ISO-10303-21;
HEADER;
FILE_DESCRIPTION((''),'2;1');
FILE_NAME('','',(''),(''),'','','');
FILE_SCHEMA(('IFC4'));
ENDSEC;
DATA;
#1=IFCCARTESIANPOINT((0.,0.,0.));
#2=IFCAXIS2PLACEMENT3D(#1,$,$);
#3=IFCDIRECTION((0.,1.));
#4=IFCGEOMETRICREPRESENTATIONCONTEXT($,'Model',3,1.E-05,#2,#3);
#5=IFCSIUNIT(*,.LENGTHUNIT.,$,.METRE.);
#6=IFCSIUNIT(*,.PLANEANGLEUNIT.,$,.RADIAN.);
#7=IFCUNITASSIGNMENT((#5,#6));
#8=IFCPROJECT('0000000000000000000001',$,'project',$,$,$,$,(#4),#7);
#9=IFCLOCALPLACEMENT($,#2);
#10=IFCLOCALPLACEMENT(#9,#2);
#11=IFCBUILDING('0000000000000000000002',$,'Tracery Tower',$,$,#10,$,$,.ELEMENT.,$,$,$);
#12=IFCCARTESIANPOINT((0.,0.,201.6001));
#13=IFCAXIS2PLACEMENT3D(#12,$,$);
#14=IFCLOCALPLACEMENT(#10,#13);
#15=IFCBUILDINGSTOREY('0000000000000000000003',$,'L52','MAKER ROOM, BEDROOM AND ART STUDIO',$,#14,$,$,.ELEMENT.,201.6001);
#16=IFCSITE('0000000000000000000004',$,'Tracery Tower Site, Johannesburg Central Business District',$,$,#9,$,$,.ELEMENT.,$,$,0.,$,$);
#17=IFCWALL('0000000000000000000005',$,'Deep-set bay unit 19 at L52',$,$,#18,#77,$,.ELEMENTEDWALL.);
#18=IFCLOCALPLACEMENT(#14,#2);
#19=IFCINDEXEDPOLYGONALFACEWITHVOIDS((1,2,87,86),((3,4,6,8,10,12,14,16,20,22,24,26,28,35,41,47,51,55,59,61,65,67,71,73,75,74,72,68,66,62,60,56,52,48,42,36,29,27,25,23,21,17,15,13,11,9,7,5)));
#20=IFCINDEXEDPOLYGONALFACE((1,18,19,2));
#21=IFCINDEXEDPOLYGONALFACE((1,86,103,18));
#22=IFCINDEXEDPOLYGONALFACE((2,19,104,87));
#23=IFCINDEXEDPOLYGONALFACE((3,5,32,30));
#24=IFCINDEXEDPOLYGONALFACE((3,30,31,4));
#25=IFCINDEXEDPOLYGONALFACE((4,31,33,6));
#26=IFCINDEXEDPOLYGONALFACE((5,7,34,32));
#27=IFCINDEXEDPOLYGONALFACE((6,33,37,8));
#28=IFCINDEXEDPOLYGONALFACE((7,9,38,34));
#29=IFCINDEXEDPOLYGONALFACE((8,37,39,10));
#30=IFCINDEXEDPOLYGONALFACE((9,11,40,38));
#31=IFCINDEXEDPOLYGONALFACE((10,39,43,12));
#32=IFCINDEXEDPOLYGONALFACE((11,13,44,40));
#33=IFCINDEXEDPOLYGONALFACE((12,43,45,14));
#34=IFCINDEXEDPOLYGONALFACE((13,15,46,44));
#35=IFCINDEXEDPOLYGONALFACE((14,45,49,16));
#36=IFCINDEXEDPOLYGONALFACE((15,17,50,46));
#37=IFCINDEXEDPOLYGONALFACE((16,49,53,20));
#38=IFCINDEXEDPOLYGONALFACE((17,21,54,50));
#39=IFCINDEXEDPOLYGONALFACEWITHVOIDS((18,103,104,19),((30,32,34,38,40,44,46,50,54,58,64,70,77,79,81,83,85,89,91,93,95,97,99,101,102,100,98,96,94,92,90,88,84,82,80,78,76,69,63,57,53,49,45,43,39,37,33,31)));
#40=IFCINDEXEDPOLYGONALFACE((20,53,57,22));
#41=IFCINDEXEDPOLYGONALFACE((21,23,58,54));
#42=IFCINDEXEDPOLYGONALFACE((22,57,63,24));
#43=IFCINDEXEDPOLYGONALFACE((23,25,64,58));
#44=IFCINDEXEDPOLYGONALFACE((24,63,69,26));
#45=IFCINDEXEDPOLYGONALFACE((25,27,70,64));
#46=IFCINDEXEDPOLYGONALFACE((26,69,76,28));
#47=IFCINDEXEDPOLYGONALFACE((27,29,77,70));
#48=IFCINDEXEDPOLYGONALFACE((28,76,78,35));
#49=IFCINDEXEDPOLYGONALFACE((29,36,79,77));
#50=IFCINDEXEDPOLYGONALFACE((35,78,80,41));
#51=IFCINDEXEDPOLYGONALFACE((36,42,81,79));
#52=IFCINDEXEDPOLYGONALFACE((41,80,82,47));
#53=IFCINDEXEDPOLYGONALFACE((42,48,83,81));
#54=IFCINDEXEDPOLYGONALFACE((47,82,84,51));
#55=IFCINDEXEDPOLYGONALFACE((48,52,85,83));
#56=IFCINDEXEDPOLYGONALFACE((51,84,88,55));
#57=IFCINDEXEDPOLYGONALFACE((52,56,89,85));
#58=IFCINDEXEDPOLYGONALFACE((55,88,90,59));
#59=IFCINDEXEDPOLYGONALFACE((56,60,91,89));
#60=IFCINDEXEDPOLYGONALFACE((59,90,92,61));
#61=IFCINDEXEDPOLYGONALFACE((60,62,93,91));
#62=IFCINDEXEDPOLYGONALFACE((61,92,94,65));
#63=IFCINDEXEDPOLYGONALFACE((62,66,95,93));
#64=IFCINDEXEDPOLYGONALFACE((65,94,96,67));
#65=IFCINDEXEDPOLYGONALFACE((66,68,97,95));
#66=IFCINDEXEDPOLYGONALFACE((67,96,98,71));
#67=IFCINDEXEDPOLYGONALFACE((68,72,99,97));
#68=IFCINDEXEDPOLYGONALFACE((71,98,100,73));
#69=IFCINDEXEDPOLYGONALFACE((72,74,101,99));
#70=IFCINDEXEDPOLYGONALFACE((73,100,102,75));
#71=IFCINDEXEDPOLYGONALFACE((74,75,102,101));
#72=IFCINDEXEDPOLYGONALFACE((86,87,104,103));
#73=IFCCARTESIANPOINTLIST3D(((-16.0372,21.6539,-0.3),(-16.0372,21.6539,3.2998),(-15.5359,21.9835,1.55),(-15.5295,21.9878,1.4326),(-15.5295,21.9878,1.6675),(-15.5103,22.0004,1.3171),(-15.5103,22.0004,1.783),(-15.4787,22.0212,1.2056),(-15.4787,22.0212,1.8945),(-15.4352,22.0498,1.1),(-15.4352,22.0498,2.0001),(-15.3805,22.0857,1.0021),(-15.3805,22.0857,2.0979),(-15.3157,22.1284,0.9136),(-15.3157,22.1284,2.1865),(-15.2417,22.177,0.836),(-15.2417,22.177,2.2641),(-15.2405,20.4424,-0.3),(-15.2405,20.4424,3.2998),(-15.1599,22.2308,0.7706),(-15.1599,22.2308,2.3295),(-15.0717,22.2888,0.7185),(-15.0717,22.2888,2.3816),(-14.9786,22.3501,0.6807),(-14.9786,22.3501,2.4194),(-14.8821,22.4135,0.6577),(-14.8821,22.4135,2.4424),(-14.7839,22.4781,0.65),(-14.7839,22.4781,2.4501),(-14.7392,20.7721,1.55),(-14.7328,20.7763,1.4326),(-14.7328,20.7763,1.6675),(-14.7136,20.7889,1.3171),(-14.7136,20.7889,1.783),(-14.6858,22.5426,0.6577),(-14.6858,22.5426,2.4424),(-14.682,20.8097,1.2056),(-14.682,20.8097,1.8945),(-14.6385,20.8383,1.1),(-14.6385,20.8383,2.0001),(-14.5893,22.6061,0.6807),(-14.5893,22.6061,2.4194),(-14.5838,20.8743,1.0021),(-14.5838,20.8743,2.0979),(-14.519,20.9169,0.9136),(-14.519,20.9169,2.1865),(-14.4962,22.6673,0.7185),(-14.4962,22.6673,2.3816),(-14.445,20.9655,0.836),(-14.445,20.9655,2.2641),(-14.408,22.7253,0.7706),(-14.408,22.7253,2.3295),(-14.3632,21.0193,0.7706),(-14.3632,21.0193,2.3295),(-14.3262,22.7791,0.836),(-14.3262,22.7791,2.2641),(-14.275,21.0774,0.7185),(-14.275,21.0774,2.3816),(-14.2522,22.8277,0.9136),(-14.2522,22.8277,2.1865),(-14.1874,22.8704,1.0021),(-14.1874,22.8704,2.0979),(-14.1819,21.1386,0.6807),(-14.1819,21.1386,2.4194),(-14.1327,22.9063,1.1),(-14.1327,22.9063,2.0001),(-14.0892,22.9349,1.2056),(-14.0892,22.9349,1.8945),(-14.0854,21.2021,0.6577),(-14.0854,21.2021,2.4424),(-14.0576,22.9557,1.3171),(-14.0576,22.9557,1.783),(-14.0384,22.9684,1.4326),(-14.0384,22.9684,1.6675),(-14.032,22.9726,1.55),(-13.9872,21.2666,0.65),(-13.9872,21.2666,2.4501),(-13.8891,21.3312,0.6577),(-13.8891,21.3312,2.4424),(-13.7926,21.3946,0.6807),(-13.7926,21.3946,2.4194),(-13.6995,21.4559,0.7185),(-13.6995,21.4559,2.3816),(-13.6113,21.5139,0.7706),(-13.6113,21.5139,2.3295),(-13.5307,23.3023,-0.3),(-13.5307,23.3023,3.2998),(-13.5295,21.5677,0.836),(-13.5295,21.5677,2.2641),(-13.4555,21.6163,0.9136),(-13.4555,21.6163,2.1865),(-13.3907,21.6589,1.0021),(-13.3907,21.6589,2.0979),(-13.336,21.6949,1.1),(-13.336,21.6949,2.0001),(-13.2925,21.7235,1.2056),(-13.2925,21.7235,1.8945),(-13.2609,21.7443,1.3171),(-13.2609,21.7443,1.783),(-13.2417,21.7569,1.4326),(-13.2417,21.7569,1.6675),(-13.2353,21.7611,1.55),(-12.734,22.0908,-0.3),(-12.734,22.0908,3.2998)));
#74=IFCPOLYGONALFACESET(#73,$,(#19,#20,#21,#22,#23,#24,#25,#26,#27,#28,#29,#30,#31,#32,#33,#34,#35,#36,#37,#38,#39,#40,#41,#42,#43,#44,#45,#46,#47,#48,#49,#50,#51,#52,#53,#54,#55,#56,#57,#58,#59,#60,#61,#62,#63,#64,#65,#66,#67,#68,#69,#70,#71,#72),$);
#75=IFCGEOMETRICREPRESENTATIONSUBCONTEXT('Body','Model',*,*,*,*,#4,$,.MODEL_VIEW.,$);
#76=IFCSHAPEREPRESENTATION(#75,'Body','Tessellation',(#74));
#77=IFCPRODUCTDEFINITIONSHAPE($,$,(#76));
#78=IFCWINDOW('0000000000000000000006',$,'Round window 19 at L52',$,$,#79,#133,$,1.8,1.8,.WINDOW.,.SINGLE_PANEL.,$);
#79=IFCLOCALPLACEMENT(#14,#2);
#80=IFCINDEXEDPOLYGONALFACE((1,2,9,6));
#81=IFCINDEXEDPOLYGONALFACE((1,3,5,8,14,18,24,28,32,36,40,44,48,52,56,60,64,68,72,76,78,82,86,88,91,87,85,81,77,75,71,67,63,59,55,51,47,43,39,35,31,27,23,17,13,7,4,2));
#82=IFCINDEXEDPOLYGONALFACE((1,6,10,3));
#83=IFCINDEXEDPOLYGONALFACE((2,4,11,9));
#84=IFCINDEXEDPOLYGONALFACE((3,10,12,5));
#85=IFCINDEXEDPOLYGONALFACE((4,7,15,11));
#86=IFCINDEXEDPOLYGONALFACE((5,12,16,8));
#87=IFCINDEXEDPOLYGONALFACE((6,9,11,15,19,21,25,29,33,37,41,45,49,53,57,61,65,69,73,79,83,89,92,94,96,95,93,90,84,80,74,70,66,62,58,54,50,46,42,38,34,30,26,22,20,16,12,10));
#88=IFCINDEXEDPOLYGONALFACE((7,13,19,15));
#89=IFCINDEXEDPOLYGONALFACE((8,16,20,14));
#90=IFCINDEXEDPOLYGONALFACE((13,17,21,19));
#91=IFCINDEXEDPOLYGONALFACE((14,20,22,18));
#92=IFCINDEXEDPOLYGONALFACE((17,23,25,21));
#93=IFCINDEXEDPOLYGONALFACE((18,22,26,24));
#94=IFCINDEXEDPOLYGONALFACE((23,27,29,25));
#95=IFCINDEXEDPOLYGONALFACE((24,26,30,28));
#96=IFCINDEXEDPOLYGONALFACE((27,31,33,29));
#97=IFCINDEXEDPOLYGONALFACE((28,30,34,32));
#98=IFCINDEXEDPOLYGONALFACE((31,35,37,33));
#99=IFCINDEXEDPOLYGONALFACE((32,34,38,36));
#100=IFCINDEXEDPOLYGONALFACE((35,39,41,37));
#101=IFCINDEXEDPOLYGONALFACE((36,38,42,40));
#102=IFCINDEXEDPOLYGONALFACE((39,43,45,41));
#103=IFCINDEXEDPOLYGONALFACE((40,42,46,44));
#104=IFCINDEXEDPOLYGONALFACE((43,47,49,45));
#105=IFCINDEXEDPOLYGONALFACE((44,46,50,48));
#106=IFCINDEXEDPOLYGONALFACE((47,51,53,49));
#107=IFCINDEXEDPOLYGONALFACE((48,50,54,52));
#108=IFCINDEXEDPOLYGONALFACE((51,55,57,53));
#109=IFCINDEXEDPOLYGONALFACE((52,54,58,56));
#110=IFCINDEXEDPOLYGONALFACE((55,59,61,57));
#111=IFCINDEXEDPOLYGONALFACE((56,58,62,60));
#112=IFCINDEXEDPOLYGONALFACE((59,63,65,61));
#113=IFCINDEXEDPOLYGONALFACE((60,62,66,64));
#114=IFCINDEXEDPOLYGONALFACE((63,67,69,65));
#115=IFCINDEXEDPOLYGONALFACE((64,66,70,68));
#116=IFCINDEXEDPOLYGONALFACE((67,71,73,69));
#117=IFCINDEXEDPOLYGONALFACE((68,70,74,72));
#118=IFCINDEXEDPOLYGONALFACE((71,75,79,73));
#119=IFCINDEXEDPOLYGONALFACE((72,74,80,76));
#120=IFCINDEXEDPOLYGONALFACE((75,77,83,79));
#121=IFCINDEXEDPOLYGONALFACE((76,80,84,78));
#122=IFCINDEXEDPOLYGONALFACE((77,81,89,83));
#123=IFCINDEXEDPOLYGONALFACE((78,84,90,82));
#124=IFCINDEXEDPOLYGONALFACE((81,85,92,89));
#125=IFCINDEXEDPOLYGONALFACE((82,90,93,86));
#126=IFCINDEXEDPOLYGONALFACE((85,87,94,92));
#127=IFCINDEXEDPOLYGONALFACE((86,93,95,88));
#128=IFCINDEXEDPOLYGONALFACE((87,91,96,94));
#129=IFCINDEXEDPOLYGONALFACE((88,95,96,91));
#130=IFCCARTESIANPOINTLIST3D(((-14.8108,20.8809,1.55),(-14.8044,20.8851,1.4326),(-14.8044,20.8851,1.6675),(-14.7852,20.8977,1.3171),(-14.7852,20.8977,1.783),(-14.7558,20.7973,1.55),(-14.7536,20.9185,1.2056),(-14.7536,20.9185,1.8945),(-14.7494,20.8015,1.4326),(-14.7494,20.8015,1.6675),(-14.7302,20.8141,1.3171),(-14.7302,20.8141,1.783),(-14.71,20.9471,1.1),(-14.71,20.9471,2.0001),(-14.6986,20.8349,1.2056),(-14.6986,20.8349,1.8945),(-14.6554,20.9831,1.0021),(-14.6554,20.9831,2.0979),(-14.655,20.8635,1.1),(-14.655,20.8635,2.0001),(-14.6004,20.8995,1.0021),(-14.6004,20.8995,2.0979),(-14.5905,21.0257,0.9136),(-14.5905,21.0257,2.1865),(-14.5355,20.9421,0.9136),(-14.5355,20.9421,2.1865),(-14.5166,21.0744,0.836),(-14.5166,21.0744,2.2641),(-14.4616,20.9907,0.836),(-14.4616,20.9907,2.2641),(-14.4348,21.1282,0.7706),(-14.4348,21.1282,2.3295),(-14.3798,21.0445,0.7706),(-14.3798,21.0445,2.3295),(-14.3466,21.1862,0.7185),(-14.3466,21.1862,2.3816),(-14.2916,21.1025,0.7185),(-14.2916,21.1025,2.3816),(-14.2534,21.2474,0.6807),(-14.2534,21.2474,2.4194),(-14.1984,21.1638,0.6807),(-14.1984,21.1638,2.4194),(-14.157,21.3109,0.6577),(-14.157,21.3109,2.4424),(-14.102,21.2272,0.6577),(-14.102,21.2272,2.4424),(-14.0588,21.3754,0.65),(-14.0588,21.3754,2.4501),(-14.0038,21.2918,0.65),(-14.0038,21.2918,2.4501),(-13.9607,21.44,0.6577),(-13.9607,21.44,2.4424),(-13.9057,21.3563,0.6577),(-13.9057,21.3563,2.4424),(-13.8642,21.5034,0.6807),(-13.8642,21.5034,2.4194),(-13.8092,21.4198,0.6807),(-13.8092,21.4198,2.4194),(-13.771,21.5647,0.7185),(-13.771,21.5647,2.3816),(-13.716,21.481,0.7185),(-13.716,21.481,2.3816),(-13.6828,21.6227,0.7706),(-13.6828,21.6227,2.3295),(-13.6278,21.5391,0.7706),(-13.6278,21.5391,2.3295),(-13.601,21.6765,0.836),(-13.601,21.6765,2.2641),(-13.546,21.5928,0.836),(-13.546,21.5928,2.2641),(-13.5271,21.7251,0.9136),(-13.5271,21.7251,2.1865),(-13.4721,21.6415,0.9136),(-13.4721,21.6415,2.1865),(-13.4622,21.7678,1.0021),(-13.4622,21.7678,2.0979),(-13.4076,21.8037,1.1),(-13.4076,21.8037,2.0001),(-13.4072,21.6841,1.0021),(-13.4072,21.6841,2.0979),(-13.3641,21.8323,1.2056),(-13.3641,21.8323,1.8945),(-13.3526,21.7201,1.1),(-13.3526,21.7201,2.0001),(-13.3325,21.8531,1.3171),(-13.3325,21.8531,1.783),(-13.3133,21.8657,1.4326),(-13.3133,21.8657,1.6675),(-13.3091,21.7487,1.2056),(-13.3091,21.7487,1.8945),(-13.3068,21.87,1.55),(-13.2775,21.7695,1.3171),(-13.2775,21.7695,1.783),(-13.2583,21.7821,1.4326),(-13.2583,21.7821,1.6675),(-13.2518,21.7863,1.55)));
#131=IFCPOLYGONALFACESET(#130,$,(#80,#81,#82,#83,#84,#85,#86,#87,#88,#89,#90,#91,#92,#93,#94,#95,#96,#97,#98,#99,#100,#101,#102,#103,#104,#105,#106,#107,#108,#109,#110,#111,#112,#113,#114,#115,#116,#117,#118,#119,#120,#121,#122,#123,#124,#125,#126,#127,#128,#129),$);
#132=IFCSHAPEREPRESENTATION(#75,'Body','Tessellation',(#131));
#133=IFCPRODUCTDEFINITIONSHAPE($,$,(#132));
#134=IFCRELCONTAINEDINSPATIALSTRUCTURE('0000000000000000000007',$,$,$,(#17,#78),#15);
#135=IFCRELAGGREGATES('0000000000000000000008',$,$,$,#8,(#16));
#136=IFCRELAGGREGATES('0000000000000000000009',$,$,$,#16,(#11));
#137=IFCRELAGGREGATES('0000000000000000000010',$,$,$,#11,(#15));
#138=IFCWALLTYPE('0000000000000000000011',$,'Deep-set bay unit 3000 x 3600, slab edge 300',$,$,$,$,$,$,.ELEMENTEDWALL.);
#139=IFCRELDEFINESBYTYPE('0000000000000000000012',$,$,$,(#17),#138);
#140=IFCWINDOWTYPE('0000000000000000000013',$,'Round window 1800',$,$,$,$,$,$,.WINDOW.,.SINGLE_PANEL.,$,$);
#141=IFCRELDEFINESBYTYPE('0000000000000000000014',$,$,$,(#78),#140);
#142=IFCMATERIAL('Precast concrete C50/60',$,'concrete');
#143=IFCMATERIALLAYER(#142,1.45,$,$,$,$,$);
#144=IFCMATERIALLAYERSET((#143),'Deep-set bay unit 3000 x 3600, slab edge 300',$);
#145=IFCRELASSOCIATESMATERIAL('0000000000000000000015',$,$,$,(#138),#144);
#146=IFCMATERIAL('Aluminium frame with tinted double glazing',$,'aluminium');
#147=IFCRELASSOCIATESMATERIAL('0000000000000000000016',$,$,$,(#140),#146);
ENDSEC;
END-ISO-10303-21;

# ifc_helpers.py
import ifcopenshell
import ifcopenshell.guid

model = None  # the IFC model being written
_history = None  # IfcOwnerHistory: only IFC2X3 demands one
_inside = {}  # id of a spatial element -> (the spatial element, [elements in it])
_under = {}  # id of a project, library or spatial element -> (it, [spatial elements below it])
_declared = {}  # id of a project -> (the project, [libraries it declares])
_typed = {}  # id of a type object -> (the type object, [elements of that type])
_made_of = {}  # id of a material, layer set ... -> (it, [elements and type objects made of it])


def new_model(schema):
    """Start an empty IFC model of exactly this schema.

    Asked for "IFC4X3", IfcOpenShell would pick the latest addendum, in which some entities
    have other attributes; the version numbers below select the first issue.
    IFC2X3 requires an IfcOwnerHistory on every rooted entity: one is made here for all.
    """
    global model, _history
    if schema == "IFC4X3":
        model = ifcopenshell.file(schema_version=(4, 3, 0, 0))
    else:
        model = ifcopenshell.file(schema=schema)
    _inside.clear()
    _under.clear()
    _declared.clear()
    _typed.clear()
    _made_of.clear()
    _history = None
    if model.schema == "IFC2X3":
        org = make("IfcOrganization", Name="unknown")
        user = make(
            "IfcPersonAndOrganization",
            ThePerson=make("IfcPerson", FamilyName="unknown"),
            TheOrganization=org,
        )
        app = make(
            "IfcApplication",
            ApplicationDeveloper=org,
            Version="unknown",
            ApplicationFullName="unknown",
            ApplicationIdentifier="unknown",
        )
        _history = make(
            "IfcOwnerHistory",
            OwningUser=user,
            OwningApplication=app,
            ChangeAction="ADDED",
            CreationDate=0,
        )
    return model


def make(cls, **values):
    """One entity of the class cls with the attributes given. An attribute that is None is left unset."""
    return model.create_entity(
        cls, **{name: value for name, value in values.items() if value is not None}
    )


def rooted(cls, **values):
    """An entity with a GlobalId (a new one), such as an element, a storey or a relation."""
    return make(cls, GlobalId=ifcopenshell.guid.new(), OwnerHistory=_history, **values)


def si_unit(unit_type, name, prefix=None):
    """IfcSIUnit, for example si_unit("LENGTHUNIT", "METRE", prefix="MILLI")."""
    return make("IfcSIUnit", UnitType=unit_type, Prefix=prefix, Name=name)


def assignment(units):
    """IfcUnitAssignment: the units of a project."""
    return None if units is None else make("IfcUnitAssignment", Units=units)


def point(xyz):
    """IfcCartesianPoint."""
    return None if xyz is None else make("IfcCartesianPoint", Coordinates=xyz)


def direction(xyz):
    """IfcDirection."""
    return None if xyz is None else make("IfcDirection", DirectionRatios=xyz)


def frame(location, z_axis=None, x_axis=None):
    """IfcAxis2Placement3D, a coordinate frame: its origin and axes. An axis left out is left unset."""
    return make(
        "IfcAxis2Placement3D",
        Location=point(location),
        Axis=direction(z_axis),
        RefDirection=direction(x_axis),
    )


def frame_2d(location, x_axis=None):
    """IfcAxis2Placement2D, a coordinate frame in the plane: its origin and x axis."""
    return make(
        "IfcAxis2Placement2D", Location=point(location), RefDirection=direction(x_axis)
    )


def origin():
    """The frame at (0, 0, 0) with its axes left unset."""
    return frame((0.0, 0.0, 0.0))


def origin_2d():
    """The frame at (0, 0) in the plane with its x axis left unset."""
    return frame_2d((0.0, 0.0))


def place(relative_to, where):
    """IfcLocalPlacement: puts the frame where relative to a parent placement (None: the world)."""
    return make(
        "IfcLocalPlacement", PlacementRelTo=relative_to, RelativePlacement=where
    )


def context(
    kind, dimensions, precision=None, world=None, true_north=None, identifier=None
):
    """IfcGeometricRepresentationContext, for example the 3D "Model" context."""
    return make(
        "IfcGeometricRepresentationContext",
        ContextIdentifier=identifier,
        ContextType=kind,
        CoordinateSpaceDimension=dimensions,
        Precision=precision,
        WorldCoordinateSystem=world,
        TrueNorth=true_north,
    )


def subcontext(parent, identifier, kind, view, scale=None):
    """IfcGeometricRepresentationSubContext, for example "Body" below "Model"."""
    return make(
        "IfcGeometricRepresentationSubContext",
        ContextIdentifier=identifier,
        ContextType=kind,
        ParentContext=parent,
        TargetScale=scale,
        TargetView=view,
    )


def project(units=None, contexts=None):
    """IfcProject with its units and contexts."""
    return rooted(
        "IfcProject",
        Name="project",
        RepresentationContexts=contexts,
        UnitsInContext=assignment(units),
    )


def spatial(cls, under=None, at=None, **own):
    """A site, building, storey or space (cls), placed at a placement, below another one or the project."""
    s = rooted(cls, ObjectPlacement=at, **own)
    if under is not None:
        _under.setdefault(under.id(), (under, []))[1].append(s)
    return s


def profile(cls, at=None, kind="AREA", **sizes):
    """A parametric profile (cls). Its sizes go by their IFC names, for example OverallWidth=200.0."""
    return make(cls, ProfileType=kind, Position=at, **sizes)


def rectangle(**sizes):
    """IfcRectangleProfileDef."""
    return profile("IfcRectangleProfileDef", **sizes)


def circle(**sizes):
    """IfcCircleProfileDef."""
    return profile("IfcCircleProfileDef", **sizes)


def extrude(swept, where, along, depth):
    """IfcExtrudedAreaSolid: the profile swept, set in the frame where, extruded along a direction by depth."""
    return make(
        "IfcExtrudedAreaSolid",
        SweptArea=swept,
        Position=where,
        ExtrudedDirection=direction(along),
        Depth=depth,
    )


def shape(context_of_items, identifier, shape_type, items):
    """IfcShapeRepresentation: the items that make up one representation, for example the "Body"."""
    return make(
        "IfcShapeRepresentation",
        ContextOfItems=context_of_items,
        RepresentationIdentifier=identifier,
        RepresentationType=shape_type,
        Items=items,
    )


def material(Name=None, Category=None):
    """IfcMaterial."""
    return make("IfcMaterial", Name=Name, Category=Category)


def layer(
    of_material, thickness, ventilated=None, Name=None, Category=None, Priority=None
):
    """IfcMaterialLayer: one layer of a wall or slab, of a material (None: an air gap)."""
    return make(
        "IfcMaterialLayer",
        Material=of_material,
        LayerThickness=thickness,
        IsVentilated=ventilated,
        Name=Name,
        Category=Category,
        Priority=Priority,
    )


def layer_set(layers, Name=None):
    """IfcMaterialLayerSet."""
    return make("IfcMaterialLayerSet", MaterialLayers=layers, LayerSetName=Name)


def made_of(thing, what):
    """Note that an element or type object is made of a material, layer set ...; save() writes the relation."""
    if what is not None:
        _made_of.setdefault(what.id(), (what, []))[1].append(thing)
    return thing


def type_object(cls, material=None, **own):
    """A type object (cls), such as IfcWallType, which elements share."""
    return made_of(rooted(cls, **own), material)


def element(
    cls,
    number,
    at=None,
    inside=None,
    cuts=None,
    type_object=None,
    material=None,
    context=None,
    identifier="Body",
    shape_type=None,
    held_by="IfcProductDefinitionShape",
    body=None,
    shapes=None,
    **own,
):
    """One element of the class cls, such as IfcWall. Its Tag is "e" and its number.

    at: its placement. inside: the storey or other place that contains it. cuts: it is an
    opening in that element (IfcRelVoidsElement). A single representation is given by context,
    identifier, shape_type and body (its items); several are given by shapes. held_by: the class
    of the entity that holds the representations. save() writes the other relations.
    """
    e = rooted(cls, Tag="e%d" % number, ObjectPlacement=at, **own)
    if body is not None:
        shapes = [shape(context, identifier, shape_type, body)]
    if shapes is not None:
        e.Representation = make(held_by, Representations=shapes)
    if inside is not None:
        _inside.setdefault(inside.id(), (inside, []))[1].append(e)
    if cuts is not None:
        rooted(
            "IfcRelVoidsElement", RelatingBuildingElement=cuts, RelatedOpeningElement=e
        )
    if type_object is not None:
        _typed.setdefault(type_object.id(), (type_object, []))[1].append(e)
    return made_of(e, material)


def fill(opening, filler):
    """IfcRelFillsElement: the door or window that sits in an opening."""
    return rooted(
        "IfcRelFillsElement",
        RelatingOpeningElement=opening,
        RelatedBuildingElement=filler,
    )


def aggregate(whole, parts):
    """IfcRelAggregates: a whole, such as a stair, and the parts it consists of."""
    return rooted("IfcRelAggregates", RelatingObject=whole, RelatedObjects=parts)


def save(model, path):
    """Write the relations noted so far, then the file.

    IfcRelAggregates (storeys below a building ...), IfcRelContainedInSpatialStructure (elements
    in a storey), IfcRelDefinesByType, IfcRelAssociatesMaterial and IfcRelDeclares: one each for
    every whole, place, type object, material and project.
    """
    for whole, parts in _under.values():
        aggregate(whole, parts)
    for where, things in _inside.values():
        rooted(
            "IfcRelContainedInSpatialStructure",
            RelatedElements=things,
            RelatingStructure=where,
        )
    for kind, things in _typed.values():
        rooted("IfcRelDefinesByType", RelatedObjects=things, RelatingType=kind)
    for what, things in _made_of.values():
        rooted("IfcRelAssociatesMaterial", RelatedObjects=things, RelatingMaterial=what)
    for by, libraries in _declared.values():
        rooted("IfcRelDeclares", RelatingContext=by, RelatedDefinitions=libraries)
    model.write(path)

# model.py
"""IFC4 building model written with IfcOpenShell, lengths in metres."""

from ifc_helpers import new_model, si_unit, direction, frame, frame_2d, origin, origin_2d, place, context, subcontext, project, spatial, rectangle, circle, extrude, material, layer, layer_set, type_object, element, fill, save


model = new_model("IFC4")

# Units and contexts
model_context = context("Model", 3, precision=1e-05, world=origin(), true_north=direction((0.0, 1.0)))
body_context = subcontext(model_context, "Body", "Model", "MODEL_VIEW")
ifc_project = project(units=[si_unit("LENGTHUNIT", "METRE"), si_unit("PLANEANGLEUNIT", "RADIAN")], contexts=[model_context])

# Site, building, storey
site_placement = place(None, origin())
site = spatial("IfcSite", under=ifc_project, at=site_placement, Name="Tracery Tower Site, Johannesburg Central Business District", CompositionType="ELEMENT", RefElevation=0.0)
building_placement = place(site_placement, origin())
building = spatial("IfcBuilding", under=site, at=building_placement, Name="Tracery Tower", CompositionType="ELEMENT")
storey_placement = place(building_placement, frame((0.0, 0.0, 201.6001)))
storey = spatial("IfcBuildingStorey", under=building, at=storey_placement, Name="L52", Description="MAKER ROOM, BEDROOM AND ART STUDIO", CompositionType="ELEMENT", Elevation=201.6001)

# Wall, opening, window
ifc_material_1 = material(Name="Precast concrete C50/60", Category="concrete")
ifc_layer_1 = layer(ifc_material_1, 1.45)
ifc_layer_set_1 = layer_set([ifc_layer_1], Name="Deep-set bay unit 3000 x 3600, slab edge 300")
wall_type_1 = type_object("IfcWallType", Name="Deep-set bay unit 3000 x 3600, slab edge 300", PredefinedType="ELEMENTEDWALL", material=ifc_layer_set_1)
wall_1_placement = place(storey_placement, frame((-13.1323, 22.6965, -0.3), z_axis=(0.0, 0.0, 1.0), x_axis=(-0.835514, -0.549469, 0.0)))
wall_1 = element("IfcWall", 1, at=wall_1_placement, inside=storey, type_object=wall_type_1, Name="Deep-set bay unit 19 at L52", PredefinedType="ELEMENTEDWALL", context=body_context, shape_type="SweptSolid", body=[
    extrude(rectangle(XDim=3.0, YDim=1.45, at=frame_2d((1.5, 0.0))), origin(), (0.0, 0.0, 1.0), 3.5999),
])
opening_1_placement = place(wall_1_placement, frame((1.5, 0.0, 1.8501)))
opening_1 = element("IfcOpeningElement", 2, at=opening_1_placement, cuts=wall_1, PredefinedType="OPENING", context=body_context, shape_type="SweptSolid", body=[
    extrude(circle(Radius=0.9, at=origin_2d()), frame((0.0, 0.7349, 0.0), z_axis=(0.0, -1.0, 0.0), x_axis=(1.0, 0.0, 0.0)), (0.0, 0.0, 1.0), 1.47),
])
ifc_material_2 = material(Name="Aluminium frame with tinted double glazing", Category="aluminium")
window_type = type_object("IfcWindowType", Name="Round window 1800", PartitioningType="SINGLE_PANEL", PredefinedType="WINDOW", material=ifc_material_2)
window_1_placement = place(opening_1_placement, origin())
window_1 = element("IfcWindow", 3, at=window_1_placement, inside=storey, type_object=window_type, Name="Round window 19 at L52", OverallHeight=1.8, OverallWidth=1.8, PartitioningType="SINGLE_PANEL", PredefinedType="WINDOW", context=body_context, shape_type="SweptSolid", body=[
    extrude(circle(Radius=0.9, at=origin_2d()), frame((0.0, 0.6948, 0.0), z_axis=(0.0, -1.0, 0.0), x_axis=(1.0, 0.0, 0.0)), (0.0, 0.0, 1.0), 0.1001),
])
fill(opening_1, window_1)

save(model, "model.ifc")
